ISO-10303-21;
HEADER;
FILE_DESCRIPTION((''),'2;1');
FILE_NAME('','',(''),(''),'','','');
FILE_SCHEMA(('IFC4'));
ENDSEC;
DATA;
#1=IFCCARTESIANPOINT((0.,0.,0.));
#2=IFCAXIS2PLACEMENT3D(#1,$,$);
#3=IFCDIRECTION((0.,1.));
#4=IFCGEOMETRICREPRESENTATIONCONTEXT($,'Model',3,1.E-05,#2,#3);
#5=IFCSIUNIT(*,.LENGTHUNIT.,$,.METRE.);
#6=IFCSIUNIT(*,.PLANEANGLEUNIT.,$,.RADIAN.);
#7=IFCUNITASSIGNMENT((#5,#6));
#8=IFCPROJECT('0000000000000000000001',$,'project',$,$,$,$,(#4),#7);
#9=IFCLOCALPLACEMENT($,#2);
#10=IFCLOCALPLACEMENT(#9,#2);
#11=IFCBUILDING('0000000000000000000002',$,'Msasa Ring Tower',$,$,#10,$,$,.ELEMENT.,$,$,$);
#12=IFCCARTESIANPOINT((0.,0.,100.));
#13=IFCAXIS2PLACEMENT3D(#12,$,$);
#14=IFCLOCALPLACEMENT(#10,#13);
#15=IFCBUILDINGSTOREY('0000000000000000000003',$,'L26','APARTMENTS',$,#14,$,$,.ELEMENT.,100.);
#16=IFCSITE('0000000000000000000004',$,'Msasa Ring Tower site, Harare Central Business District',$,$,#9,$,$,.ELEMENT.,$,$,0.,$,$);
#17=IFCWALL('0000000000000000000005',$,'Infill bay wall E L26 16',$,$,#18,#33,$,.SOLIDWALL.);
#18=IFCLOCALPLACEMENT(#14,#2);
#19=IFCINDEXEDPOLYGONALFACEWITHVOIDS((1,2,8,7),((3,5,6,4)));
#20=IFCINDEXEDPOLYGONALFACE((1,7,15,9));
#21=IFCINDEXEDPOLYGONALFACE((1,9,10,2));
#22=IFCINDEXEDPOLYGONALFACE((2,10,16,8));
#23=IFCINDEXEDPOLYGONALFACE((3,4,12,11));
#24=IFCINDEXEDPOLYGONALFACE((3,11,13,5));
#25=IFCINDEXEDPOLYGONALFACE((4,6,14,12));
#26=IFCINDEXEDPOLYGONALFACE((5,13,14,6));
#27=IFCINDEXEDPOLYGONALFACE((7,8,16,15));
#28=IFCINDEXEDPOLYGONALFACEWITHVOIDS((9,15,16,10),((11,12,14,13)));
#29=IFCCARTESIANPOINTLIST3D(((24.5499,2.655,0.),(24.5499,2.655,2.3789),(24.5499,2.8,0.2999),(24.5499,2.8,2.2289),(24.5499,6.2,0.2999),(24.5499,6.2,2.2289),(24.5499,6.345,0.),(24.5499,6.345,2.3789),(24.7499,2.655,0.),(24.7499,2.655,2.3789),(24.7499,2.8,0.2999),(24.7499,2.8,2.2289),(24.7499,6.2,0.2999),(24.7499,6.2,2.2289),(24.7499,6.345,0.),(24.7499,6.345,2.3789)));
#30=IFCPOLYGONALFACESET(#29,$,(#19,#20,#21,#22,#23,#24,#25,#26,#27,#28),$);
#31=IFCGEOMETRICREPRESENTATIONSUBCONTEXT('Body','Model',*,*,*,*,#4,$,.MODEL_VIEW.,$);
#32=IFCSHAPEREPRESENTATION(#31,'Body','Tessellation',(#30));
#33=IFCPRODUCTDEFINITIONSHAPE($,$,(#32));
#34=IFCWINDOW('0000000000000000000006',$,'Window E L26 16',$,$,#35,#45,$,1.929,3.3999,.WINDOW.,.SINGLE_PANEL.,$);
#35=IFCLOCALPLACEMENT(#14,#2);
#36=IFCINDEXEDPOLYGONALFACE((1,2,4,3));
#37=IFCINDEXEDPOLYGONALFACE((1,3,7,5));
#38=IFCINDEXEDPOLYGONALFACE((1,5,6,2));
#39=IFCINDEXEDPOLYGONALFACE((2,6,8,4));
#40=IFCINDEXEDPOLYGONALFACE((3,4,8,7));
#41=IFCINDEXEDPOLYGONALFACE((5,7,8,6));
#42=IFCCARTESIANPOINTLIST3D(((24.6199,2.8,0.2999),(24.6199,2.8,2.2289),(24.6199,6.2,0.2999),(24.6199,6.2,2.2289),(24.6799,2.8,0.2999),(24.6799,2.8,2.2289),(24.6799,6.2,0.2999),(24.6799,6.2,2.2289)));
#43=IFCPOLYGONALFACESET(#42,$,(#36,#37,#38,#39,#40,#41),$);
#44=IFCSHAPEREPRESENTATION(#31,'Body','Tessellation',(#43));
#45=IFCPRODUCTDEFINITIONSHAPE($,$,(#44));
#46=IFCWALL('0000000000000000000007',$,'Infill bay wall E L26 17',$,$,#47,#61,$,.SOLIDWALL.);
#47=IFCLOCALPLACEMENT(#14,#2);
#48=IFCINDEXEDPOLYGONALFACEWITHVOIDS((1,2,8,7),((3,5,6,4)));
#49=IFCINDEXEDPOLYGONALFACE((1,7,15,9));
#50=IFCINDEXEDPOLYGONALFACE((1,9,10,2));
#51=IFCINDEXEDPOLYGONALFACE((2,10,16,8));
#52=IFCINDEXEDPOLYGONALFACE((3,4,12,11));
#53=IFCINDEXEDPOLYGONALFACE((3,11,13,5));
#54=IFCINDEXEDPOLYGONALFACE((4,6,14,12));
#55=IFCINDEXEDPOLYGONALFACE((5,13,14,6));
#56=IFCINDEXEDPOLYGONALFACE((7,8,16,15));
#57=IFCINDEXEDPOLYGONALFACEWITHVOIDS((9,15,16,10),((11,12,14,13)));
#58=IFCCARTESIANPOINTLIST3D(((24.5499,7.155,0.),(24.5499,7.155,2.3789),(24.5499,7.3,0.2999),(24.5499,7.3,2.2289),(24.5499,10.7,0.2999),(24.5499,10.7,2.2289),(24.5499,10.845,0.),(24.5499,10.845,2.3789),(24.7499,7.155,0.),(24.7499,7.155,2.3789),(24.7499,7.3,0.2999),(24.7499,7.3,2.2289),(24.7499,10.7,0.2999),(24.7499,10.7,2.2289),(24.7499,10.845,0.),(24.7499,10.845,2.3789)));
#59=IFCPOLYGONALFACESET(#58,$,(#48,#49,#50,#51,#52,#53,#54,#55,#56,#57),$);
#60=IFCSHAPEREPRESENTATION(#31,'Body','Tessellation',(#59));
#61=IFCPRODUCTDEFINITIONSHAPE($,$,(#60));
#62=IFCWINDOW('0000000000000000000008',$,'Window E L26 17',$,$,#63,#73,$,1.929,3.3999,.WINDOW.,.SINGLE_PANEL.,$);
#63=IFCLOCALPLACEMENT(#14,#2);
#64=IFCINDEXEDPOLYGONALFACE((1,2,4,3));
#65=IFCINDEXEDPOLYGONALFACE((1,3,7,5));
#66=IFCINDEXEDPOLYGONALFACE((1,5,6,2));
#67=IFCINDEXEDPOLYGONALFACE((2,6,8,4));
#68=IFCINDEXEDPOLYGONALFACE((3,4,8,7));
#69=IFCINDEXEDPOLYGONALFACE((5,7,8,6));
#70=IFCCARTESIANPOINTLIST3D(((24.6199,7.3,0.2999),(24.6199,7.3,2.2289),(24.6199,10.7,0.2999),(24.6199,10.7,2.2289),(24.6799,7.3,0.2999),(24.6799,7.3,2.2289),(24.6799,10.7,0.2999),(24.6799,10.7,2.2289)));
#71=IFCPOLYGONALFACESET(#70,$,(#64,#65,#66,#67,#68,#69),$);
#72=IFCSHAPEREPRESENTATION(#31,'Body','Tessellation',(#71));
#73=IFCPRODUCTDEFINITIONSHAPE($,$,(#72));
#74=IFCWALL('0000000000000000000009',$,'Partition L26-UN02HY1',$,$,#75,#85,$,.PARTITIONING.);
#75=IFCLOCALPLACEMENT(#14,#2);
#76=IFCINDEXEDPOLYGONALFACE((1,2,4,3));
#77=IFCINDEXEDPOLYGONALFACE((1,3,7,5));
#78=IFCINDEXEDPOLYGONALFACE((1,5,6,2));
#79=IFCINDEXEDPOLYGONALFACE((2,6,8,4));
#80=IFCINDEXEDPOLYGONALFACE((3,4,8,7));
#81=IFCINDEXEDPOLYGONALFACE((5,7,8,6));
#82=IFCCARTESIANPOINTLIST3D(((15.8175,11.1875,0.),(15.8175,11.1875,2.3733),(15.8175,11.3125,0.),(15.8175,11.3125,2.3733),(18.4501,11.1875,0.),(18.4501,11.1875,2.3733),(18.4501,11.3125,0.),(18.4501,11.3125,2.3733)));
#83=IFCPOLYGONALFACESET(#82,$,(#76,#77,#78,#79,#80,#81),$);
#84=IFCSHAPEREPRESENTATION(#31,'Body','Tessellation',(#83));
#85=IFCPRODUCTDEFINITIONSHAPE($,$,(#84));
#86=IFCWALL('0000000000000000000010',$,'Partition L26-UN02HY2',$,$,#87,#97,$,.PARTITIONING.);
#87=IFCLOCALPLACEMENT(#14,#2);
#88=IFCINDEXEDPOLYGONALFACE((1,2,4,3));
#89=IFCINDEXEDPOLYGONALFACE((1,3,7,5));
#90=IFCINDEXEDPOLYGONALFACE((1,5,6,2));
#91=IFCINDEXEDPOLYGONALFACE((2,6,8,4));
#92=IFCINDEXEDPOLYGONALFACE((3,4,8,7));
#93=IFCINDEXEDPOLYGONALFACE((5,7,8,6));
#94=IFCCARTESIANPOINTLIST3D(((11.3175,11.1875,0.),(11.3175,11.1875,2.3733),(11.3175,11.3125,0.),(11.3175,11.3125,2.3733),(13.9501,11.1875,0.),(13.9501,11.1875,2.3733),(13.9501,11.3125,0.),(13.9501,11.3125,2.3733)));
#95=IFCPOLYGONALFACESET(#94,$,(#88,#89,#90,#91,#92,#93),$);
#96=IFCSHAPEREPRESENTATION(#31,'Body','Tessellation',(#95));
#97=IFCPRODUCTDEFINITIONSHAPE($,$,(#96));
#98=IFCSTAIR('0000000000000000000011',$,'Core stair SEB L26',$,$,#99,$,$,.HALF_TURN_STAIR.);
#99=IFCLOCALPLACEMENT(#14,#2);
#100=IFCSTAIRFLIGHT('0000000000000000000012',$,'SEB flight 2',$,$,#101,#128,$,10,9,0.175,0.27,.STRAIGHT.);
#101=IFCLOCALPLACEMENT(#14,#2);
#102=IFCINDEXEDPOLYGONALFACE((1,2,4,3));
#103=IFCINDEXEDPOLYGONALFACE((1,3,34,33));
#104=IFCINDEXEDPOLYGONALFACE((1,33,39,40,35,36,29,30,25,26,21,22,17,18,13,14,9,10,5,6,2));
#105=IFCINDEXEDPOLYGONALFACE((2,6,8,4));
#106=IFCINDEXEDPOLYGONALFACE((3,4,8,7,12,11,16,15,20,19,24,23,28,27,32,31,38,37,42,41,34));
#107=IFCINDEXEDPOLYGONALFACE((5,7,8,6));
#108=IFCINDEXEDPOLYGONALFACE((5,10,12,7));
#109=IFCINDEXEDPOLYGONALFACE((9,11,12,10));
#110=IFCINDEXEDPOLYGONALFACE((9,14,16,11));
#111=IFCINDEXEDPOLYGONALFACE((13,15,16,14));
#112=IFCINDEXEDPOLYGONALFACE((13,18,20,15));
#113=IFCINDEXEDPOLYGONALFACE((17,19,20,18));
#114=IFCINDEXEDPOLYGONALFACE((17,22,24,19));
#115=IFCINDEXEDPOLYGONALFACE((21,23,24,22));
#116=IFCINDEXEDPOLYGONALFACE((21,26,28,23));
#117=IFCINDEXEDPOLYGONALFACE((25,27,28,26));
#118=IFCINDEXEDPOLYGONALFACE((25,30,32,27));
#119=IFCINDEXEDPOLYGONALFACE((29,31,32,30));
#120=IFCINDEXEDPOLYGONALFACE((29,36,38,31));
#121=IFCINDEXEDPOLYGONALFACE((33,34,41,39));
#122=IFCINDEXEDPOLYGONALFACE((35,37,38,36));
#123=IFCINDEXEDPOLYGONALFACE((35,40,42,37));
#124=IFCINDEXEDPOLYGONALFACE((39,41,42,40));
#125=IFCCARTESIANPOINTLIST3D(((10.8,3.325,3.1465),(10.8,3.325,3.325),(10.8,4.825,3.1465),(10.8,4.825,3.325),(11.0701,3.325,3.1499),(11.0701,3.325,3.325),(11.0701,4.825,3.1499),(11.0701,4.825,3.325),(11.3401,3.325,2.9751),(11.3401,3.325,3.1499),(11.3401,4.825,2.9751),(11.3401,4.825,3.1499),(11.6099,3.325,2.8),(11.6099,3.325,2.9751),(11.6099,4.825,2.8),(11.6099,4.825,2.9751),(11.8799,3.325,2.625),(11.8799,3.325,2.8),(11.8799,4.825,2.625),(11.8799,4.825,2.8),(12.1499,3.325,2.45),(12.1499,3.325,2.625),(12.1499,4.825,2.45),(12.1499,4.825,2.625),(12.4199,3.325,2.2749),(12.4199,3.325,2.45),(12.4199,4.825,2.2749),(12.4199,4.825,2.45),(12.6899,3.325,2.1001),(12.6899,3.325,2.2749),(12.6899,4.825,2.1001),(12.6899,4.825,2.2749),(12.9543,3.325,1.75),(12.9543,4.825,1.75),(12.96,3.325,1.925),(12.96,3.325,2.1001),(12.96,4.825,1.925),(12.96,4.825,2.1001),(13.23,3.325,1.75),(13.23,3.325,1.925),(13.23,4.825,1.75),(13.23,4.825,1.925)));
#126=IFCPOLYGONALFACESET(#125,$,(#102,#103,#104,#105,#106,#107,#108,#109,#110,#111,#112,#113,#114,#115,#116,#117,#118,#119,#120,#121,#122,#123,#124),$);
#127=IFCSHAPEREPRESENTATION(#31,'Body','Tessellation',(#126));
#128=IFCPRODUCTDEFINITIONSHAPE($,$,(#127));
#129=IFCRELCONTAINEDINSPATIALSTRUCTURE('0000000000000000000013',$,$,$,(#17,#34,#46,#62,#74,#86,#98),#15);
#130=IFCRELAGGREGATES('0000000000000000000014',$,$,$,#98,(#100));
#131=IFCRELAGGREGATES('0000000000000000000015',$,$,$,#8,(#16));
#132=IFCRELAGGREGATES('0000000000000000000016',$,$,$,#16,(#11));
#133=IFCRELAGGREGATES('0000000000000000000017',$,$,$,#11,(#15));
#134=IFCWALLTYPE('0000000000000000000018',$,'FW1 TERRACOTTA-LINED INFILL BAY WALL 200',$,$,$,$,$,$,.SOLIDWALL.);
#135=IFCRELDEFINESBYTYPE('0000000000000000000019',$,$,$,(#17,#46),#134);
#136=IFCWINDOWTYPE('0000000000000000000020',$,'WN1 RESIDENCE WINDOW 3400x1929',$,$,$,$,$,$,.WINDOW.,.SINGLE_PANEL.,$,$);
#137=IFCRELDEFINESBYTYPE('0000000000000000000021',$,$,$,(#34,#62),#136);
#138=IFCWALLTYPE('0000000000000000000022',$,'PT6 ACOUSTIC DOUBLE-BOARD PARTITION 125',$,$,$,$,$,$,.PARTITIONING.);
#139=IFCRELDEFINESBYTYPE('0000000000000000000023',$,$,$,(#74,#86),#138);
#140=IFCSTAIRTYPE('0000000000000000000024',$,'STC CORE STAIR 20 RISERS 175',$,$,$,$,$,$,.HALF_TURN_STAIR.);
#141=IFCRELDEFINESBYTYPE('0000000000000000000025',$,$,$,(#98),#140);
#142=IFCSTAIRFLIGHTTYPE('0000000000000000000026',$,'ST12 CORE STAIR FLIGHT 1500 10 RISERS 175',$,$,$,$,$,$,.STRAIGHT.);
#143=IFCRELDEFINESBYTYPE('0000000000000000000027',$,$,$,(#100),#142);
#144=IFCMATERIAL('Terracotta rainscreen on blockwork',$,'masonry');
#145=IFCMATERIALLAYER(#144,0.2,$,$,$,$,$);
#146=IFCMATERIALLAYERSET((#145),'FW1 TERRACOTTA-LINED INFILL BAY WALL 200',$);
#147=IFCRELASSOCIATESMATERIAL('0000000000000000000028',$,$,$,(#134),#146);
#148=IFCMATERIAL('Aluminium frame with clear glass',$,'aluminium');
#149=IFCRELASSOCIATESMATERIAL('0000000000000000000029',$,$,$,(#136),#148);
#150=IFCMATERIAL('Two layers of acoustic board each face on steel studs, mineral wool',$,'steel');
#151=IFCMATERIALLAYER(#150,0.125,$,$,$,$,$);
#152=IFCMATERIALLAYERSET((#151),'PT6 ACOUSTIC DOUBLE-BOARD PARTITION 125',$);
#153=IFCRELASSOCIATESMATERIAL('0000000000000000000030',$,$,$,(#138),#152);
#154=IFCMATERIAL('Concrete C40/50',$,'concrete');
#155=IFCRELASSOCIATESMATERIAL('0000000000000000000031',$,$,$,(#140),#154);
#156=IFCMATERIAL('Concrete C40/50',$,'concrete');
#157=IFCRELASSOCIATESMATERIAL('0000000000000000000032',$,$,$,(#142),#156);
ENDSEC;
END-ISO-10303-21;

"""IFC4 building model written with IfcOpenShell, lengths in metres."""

from ifc_helpers import new_model, si_unit, direction, frame, frame_2d, origin, place, context, subcontext, project, spatial, polyline, rectangle, outline, extrude, material, layer, layer_set, type_object, element, fill, aggregate, save


model = new_model("IFC4")

# Units and contexts
model_context = context("Model", 3, precision=1e-05, world=origin(), true_north=direction((0.0, 1.0)))
body_context = subcontext(model_context, "Body", "Model", "MODEL_VIEW")
ifc_project = project(units=[si_unit("LENGTHUNIT", "METRE"), si_unit("PLANEANGLEUNIT", "RADIAN")], contexts=[model_context])

# Site, building, storey
site_placement = place(None, origin())
site = spatial("IfcSite", under=ifc_project, at=site_placement, Name="Msasa Ring Tower site, Harare Central Business District", CompositionType="ELEMENT", RefElevation=0.0)
building_placement = place(site_placement, origin())
building = spatial("IfcBuilding", under=site, at=building_placement, Name="Msasa Ring Tower", CompositionType="ELEMENT")
storey_placement = place(building_placement, frame((0.0, 0.0, 100.0)))
storey = spatial("IfcBuildingStorey", under=building, at=storey_placement, Name="L26", Description="APARTMENTS", CompositionType="ELEMENT", Elevation=100.0)

# Walls, openings, windows
ifc_material_1 = material(Name="Terracotta rainscreen on blockwork", Category="masonry")
ifc_layer_1 = layer(ifc_material_1, 0.2)
ifc_layer_set_1 = layer_set([ifc_layer_1], Name="FW1 TERRACOTTA-LINED INFILL BAY WALL 200")
wall_type_1 = type_object("IfcWallType", Name="FW1 TERRACOTTA-LINED INFILL BAY WALL 200", PredefinedType="SOLIDWALL", material=ifc_layer_set_1)
wall_1_placement = place(storey_placement, frame((24.6499, 2.655, 0.0), z_axis=(0.0, 0.0, 1.0), x_axis=(0.0, 1.0, 0.0)))
wall_1 = element("IfcWall", 1, at=wall_1_placement, inside=storey, type_object=wall_type_1, Name="Infill bay wall E L26 16", PredefinedType="SOLIDWALL", context=body_context, shape_type="SweptSolid", body=[
    extrude(rectangle(XDim=3.6899, YDim=0.2, at=frame_2d((1.845, 0.0))), origin(), (0.0, 0.0, 1.0), 2.3789),
])
opening_1_placement = place(wall_1_placement, frame((0.145, 0.0, 0.3)))
opening_1 = element("IfcOpeningElement", 2, at=opening_1_placement, cuts=wall_1, PredefinedType="OPENING", context=body_context, shape_type="SweptSolid", body=[
    extrude(rectangle(XDim=3.3999, YDim=1.929, at=frame_2d((1.7, 0.9644))), frame((0.0, 0.1099, 0.0), z_axis=(0.0, -1.0, 0.0), x_axis=(1.0, 0.0, 0.0)), (0.0, 0.0, 1.0), 0.22),
])
ifc_material_2 = material(Name="Aluminium frame with clear glass", Category="aluminium")
window_type = type_object("IfcWindowType", Name="WN1 RESIDENCE WINDOW 3400x1929", PartitioningType="SINGLE_PANEL", PredefinedType="WINDOW", material=ifc_material_2)
window_1_placement = place(opening_1_placement, origin())
window_1 = element("IfcWindow", 3, at=window_1_placement, inside=storey, type_object=window_type, Name="Window E L26 16", OverallHeight=1.929, OverallWidth=3.3999, PartitioningType="SINGLE_PANEL", PredefinedType="WINDOW", context=body_context, shape_type="SweptSolid", body=[
    extrude(rectangle(XDim=3.3999, YDim=1.929, at=frame_2d((1.7, 0.9644))), frame((0.0, 0.03, 0.0), z_axis=(0.0, -1.0, 0.0), x_axis=(1.0, 0.0, 0.0)), (0.0, 0.0, 1.0), 0.0601),
])
fill(opening_1, window_1)
wall_2_placement = place(storey_placement, frame((24.6499, 7.155, 0.0), z_axis=(0.0, 0.0, 1.0), x_axis=(0.0, 1.0, 0.0)))
wall_2 = element("IfcWall", 4, at=wall_2_placement, inside=storey, type_object=wall_type_1, Name="Infill bay wall E L26 17", PredefinedType="SOLIDWALL", context=body_context, shape_type="SweptSolid", body=[
    extrude(rectangle(XDim=3.6899, YDim=0.2, at=frame_2d((1.845, 0.0))), origin(), (0.0, 0.0, 1.0), 2.3789),
])
opening_2_placement = place(wall_2_placement, frame((0.145, 0.0, 0.3)))
opening_2 = element("IfcOpeningElement", 5, at=opening_2_placement, cuts=wall_2, PredefinedType="OPENING", context=body_context, shape_type="SweptSolid", body=[
    extrude(rectangle(XDim=3.3999, YDim=1.929, at=frame_2d((1.7, 0.9644))), frame((0.0, 0.1099, 0.0), z_axis=(0.0, -1.0, 0.0), x_axis=(1.0, 0.0, 0.0)), (0.0, 0.0, 1.0), 0.22),
])
window_2_placement = place(opening_2_placement, origin())
window_2 = element("IfcWindow", 6, at=window_2_placement, inside=storey, type_object=window_type, Name="Window E L26 17", OverallHeight=1.929, OverallWidth=3.3999, PartitioningType="SINGLE_PANEL", PredefinedType="WINDOW", context=body_context, shape_type="SweptSolid", body=[
    extrude(rectangle(XDim=3.3999, YDim=1.929, at=frame_2d((1.7, 0.9644))), frame((0.0, 0.03, 0.0), z_axis=(0.0, -1.0, 0.0), x_axis=(1.0, 0.0, 0.0)), (0.0, 0.0, 1.0), 0.0601),
])
fill(opening_2, window_2)

# Walls
ifc_material_3 = material(Name="Two layers of acoustic board each face on steel studs, mineral wool", Category="steel")
ifc_layer_2 = layer(ifc_material_3, 0.125)
ifc_layer_set_2 = layer_set([ifc_layer_2], Name="PT6 ACOUSTIC DOUBLE-BOARD PARTITION 125")
wall_type_2 = type_object("IfcWallType", Name="PT6 ACOUSTIC DOUBLE-BOARD PARTITION 125", PredefinedType="PARTITIONING", material=ifc_layer_set_2)
for number, where, z_axis, x_axis, name in (
    (7, (15.8174, 11.25, 0.0), (0.0, 0.0, 1.0), (1.0, 0.0, 0.0), "Partition L26-UN02HY1"),
    (8, (11.3174, 11.25, 0.0), (0.0, 0.0, 1.0), (1.0, 0.0, 0.0), "Partition L26-UN02HY2"),
):
    element("IfcWall", number, at=place(storey_placement, frame(where, z_axis=z_axis, x_axis=x_axis)), inside=storey, type_object=wall_type_2, Name=name, PredefinedType="PARTITIONING", context=body_context, shape_type="SweptSolid", body=[
        extrude(rectangle(XDim=2.6326, YDim=0.125, at=frame_2d((1.3164, 0.0))), origin(), (0.0, 0.0, 1.0), 2.3733),
    ])

# Stair, stair flight
ifc_material_4 = material(Name="Concrete C40/50", Category="concrete")
stair_type = type_object("IfcStairType", Name="STC CORE STAIR 20 RISERS 175", PredefinedType="HALF_TURN_STAIR", material=ifc_material_4)
stair_placement = place(storey_placement, origin())
stair = element("IfcStair", 9, at=stair_placement, inside=storey, type_object=stair_type, Name="Core stair SEB L26", PredefinedType="HALF_TURN_STAIR")
ifc_material_5 = material(Name="Concrete C40/50", Category="concrete")
stair_flight_type = type_object("IfcStairFlightType", Name="ST12 CORE STAIR FLIGHT 1500 10 RISERS 175", PredefinedType="STRAIGHT", material=ifc_material_5)
stair_flight_placement = place(storey_placement, frame((13.23, 4.075, 1.75), z_axis=(0.0, 0.0, 1.0), x_axis=(-1.0, 0.0, 0.0)))
stair_flight = element("IfcStairFlight", 10, at=stair_flight_placement, type_object=stair_flight_type, Name="SEB flight 2", NumberOfRisers=10, NumberOfTreads=9, PredefinedType="STRAIGHT", RiserHeight=0.175, TreadLength=0.27, context=body_context, shape_type="SweptSolid", body=[
    extrude(outline(polyline([(0.0, 0.0), (0.0, 0.175), (0.27, 0.175), (0.27, 0.3501), (0.54, 0.3501), (0.54, 0.5249), (0.8101, 0.5249), (0.8101, 0.7), (1.0801, 0.7), (1.0801, 0.875), (1.3501, 0.875), (1.3501, 1.05), (1.6201, 1.05), (1.6201, 1.2251), (1.8899, 1.2251), (1.8899, 1.3999), (2.1599, 1.3999), (2.1599, 1.575), (2.4299, 1.575), (2.4299, 1.75), (2.4299, 1.3965), (0.2756, 0.0), (0.0, 0.0)])), frame((0.0, 0.75, 0.0), z_axis=(0.0, -1.0, 0.0), x_axis=(1.0, 0.0, 0.0)), (0.0, 0.0, 1.0), 1.5),
])
aggregate(stair, [stair_flight])

save(model, "model.ifc")
